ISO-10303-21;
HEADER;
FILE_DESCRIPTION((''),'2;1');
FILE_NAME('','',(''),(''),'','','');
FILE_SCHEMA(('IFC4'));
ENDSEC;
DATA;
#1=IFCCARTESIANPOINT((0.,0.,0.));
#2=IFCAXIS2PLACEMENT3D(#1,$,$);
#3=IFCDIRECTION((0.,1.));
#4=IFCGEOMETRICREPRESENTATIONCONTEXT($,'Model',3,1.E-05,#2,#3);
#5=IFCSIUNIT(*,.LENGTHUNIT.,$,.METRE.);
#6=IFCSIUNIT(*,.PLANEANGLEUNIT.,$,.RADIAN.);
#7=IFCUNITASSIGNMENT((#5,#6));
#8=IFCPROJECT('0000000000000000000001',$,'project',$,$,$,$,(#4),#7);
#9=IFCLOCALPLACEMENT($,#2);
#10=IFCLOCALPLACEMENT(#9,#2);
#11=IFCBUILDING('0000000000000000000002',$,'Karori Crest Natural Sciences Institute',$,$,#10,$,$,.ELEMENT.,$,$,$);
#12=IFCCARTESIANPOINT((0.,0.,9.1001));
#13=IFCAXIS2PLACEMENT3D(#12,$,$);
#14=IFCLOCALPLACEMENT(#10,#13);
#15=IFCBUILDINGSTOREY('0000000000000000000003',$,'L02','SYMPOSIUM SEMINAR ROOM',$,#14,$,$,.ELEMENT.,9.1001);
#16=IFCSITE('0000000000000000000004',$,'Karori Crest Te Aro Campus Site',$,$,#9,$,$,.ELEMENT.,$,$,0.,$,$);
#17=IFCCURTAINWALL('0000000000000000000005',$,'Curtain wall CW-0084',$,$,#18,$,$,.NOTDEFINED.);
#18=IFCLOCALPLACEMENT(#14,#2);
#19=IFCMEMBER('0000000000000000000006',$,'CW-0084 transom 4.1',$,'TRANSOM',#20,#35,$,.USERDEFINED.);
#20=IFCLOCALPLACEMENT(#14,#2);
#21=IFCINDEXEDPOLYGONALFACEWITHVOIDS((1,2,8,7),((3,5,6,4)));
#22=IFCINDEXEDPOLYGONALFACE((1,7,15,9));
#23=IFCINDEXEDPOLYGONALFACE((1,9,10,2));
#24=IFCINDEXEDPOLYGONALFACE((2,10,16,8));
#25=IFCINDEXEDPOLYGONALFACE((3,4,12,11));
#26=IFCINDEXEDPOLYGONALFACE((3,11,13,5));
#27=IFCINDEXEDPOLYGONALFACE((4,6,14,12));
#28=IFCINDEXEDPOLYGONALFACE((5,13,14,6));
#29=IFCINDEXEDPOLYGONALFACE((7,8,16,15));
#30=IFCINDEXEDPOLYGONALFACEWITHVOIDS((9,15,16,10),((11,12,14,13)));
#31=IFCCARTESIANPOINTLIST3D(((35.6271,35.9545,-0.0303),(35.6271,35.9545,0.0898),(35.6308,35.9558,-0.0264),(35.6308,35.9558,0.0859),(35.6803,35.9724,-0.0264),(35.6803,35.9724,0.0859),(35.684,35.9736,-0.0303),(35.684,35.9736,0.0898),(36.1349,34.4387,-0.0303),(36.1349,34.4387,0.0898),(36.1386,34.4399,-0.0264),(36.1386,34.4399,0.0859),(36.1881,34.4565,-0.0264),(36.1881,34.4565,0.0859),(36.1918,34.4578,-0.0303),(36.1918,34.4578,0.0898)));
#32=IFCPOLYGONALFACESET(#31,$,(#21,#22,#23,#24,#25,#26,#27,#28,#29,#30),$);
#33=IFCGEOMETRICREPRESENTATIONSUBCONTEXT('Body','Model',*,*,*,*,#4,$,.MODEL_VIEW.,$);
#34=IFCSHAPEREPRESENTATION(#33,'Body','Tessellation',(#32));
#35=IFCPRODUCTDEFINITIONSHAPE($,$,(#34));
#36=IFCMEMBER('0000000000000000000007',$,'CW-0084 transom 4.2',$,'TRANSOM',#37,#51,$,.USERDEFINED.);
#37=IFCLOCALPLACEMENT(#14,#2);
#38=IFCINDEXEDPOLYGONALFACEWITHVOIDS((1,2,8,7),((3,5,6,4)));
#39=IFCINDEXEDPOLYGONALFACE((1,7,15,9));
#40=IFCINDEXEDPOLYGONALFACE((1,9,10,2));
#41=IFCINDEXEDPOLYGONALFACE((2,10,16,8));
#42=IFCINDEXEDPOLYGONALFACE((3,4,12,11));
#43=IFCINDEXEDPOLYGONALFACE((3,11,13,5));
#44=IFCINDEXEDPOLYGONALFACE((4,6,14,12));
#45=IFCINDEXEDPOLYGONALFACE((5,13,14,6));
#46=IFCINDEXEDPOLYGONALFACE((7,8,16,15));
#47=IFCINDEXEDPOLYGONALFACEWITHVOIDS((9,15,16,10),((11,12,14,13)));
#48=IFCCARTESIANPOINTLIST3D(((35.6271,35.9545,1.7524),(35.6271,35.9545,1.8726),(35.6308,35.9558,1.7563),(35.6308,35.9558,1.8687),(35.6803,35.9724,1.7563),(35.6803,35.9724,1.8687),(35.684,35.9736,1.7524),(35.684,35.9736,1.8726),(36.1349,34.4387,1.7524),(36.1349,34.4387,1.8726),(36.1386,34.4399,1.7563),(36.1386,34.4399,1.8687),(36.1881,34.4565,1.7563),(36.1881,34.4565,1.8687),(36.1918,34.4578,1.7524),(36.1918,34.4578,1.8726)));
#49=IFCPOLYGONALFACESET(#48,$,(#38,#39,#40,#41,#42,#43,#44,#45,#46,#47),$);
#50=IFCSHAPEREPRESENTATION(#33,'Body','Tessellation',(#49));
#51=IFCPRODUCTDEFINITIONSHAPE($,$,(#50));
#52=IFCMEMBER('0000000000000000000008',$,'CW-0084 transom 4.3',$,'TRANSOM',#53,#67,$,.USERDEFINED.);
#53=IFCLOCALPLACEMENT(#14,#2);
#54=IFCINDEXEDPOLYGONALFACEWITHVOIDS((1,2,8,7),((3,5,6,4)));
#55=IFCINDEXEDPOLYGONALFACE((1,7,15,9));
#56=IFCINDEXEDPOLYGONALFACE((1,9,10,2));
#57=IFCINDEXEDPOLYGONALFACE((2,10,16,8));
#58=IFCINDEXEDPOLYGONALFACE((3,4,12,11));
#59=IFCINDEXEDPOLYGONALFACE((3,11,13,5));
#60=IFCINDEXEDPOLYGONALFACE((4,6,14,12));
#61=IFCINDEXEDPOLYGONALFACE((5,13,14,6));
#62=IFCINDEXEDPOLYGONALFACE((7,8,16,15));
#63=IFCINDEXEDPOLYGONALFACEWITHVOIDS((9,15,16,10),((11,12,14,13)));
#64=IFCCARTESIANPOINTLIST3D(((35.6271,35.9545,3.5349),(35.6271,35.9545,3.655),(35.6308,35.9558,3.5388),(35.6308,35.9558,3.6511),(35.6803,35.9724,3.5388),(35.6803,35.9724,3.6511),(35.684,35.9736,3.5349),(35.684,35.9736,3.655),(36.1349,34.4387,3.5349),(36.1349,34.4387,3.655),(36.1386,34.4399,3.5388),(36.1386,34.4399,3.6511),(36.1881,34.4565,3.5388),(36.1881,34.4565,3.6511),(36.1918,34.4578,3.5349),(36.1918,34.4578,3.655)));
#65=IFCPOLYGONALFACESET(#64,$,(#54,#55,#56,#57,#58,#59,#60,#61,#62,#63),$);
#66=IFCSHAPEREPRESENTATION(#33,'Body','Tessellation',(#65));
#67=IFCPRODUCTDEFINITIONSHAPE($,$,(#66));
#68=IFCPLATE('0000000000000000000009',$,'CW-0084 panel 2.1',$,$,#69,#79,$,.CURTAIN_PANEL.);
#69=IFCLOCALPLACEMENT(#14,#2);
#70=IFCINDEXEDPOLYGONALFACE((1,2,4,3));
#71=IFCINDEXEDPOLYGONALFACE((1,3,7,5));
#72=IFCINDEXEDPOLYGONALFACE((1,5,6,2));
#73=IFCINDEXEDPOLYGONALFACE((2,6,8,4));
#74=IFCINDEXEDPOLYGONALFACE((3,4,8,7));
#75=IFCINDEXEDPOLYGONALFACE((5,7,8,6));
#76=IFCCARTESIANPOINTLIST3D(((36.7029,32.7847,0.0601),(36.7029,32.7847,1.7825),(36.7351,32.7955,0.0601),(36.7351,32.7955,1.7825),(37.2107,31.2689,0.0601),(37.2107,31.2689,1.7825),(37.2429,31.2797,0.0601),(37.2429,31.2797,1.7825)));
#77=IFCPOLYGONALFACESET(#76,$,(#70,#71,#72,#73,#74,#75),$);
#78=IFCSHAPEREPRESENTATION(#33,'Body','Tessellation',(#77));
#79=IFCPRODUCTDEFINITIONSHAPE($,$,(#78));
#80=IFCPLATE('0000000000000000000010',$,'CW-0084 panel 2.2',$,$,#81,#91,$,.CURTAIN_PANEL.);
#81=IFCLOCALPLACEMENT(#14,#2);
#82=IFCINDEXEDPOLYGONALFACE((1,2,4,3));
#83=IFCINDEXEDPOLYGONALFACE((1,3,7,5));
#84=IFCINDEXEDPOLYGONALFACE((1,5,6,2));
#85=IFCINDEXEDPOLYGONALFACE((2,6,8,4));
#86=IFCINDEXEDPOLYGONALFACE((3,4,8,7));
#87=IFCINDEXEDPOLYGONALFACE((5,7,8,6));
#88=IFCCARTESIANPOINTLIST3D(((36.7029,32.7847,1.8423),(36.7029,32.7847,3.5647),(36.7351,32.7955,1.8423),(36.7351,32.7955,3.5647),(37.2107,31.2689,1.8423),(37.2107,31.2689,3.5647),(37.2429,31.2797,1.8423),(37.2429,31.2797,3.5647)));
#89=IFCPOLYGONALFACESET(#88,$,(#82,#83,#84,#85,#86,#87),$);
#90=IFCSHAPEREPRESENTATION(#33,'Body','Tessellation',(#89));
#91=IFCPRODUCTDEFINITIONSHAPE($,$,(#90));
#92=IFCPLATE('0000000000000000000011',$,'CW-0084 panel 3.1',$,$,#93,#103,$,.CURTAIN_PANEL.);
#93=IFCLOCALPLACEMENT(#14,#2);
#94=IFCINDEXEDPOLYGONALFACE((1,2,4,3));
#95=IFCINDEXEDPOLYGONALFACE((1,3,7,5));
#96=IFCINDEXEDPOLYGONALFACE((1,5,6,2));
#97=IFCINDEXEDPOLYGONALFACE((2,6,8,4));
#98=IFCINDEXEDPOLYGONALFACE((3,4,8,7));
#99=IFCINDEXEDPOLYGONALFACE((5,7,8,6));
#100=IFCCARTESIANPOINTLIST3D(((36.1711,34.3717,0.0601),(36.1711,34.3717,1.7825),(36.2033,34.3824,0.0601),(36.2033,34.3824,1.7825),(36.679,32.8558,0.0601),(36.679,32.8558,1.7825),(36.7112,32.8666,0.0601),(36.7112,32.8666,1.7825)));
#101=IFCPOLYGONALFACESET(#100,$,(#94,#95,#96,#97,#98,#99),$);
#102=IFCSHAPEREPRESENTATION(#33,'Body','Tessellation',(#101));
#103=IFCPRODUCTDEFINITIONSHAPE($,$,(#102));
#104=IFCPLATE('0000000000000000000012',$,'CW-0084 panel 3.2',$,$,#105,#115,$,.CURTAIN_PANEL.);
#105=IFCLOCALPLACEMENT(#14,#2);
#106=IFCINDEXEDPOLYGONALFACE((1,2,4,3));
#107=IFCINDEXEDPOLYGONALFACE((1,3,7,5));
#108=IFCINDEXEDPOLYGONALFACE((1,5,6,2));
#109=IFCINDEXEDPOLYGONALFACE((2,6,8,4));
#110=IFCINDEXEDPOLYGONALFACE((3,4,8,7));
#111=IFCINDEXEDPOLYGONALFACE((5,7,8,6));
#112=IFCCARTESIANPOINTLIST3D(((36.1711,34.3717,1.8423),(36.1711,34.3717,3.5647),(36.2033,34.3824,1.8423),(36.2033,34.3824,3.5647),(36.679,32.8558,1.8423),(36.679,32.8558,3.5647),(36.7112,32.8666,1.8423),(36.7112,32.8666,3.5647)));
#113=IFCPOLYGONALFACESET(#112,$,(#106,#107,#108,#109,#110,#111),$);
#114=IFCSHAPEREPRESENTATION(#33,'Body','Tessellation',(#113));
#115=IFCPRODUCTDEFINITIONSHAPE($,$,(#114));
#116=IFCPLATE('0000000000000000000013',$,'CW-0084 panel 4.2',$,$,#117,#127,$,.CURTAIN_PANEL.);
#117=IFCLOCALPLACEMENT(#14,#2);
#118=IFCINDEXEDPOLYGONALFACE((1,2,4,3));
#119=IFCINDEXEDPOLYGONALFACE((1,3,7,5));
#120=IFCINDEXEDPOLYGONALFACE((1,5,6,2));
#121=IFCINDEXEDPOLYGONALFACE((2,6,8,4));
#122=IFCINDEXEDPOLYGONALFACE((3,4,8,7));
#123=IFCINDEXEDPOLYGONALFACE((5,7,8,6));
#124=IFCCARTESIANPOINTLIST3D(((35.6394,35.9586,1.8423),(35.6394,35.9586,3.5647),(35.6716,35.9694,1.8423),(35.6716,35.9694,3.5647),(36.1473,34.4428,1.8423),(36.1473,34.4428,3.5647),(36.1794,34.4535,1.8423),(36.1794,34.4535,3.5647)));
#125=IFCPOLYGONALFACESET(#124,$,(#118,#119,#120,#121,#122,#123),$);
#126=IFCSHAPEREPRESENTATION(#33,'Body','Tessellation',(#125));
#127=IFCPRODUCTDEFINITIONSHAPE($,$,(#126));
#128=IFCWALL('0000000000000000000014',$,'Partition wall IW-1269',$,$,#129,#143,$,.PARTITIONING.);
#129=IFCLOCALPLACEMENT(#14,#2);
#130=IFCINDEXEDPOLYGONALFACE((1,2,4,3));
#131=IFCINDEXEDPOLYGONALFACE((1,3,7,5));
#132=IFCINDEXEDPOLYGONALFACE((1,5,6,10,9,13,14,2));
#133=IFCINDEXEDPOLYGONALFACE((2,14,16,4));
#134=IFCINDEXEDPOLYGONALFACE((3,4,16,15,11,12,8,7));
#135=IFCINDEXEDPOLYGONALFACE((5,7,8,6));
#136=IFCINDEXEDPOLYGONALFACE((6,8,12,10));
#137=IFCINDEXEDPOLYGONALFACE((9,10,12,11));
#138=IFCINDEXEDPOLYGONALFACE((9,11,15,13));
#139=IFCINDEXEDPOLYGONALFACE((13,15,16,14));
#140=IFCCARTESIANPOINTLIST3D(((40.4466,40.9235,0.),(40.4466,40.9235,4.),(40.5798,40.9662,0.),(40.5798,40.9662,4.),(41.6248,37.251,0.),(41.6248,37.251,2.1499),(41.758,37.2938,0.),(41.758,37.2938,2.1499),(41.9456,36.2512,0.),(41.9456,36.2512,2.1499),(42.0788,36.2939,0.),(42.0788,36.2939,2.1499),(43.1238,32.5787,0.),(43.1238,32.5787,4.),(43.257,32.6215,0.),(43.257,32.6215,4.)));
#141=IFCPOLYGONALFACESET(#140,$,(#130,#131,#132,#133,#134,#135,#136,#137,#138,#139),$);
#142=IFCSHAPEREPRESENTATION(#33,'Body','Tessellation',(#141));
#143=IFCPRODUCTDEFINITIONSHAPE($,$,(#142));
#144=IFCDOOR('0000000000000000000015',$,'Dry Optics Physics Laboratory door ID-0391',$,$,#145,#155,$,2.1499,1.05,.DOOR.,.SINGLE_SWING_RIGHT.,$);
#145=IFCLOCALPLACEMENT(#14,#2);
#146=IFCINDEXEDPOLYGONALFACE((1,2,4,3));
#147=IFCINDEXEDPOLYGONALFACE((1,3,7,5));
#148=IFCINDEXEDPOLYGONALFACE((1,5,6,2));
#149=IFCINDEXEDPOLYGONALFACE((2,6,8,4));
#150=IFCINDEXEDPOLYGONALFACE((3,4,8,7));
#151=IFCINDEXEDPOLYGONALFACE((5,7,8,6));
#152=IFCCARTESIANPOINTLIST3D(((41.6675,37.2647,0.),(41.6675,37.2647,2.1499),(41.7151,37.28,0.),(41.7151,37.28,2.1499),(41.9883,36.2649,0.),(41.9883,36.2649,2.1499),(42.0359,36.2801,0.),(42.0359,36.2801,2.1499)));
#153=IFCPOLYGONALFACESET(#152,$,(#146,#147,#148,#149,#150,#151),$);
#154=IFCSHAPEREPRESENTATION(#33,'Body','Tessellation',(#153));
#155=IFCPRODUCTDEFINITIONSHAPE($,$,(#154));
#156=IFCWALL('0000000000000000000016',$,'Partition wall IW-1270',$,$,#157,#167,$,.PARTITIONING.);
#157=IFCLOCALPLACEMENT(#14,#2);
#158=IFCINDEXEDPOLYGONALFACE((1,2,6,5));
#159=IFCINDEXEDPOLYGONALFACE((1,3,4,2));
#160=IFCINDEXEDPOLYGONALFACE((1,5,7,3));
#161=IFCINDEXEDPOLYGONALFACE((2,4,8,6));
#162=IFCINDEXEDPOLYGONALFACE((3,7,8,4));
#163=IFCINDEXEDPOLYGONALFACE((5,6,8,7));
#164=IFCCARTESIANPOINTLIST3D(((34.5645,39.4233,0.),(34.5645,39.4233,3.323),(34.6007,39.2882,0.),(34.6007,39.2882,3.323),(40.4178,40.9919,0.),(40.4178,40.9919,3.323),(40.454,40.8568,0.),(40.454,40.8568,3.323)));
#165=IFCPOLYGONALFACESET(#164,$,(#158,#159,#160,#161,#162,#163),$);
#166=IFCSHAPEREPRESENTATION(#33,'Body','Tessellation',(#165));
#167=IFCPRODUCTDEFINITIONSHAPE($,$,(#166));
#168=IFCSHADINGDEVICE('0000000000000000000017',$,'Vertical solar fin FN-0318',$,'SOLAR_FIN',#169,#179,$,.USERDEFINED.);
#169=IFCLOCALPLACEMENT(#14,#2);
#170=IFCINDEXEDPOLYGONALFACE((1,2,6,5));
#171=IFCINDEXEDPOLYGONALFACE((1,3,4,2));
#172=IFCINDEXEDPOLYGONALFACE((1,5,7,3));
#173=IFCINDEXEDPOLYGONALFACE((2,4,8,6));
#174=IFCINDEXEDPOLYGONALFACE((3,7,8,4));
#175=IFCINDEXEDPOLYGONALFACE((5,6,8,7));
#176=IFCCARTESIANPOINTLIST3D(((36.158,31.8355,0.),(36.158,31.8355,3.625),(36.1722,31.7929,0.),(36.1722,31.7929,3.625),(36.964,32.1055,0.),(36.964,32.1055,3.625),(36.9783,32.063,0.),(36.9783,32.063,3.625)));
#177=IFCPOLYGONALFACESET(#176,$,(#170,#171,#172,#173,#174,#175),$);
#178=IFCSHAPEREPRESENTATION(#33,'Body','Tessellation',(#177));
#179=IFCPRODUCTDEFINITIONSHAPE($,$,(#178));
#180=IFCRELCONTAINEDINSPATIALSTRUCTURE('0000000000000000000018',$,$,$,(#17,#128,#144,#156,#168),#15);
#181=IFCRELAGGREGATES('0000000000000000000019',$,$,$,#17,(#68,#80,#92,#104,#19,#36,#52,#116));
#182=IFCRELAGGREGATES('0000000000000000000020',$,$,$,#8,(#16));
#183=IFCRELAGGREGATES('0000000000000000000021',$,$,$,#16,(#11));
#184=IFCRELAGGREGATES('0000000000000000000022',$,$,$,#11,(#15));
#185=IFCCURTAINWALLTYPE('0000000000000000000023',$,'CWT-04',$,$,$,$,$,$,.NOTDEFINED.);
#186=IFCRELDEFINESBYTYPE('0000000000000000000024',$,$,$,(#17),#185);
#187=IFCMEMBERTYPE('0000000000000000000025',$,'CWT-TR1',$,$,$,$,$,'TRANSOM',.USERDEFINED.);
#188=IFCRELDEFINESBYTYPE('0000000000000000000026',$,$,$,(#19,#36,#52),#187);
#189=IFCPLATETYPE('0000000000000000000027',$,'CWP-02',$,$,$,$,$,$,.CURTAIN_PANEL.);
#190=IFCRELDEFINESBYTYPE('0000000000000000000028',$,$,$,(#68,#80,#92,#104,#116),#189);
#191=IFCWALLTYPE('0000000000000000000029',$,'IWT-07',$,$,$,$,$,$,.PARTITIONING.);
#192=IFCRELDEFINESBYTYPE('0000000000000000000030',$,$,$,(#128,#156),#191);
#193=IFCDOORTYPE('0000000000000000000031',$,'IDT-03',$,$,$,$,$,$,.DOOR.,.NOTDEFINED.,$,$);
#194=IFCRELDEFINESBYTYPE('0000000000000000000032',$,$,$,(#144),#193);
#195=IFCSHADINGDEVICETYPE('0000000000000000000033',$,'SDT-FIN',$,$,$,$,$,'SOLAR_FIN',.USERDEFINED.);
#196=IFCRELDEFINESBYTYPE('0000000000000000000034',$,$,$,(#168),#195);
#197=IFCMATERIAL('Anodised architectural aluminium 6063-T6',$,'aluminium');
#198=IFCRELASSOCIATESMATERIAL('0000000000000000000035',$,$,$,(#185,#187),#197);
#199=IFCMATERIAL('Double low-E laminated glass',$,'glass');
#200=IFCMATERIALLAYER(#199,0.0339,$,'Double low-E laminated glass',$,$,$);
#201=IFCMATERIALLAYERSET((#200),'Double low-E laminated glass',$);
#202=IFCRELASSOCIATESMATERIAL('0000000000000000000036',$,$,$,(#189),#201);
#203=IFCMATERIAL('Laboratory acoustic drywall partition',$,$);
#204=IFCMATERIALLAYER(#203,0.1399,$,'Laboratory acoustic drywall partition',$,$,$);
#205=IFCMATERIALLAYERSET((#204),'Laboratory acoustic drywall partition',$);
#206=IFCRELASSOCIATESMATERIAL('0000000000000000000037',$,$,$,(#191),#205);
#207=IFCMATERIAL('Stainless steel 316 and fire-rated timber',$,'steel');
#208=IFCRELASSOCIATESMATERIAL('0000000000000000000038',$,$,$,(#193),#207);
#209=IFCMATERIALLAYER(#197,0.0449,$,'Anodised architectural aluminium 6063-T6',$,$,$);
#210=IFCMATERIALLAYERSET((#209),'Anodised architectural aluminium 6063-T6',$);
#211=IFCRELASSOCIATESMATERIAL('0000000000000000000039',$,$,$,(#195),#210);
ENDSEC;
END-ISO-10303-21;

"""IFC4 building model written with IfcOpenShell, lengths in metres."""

from ifc_helpers import new_model, si_unit, direction, frame, frame_2d, origin, origin_2d, place, context, subcontext, project, spatial, rectangle, hollow_rectangle, extrude, material, layer, layer_set, material_profile, profile_set, type_object, element, fill, aggregate, save


model = new_model("IFC4")

# Units and contexts
model_context = context("Model", 3, precision=1e-05, world=origin(), true_north=direction((0.0, 1.0)))
body_context = subcontext(model_context, "Body", "Model", "MODEL_VIEW")
ifc_project = project(units=[si_unit("LENGTHUNIT", "METRE"), si_unit("PLANEANGLEUNIT", "RADIAN")], contexts=[model_context])

# Site, building, storey
site_placement = place(None, origin())
site = spatial("IfcSite", under=ifc_project, at=site_placement, Name="Karori Crest Te Aro Campus Site", CompositionType="ELEMENT", RefElevation=0.0)
building_placement = place(site_placement, origin())
building = spatial("IfcBuilding", under=site, at=building_placement, Name="Karori Crest Natural Sciences Institute", CompositionType="ELEMENT")
storey_placement = place(building_placement, frame((0.0, 0.0, 9.1001)))
storey = spatial("IfcBuildingStorey", under=building, at=storey_placement, Name="L02", Description="SYMPOSIUM SEMINAR ROOM", CompositionType="ELEMENT", Elevation=9.1001)

# Curtain wall, members, plates
ifc_material_1 = material(Name="Anodised architectural aluminium 6063-T6", Category="aluminium")
curtain_wall_type = type_object("IfcCurtainWallType", Name="CWT-04", PredefinedType="NOTDEFINED", material=ifc_material_1)
curtain_wall_placement = place(storey_placement, origin())
curtain_wall = element("IfcCurtainWall", 1, at=curtain_wall_placement, inside=storey, type_object=curtain_wall_type, Name="Curtain wall CW-0084", PredefinedType="NOTDEFINED")
ifc_material_profile_1 = material_profile(ifc_material_1, hollow_rectangle(XDim=0.0601, YDim=0.1201, WallThickness=0.0039, at=origin_2d()), Name="CWT120x60x4")
ifc_profile_set_1 = profile_set([ifc_material_profile_1], Name="Anodised architectural aluminium 6063-T6")
member_type_1 = type_object("IfcMemberType", Name="CWT-TR1", ElementType="TRANSOM", PredefinedType="USERDEFINED", material=ifc_profile_set_1)
member_1_placement = place(storey_placement, frame((36.1633, 34.4482, 0.0298), z_axis=(-0.317648, 0.948209, 0.0), x_axis=(-0.948209, -0.317648, 0.0)))
member_1 = element("IfcMember", 2, at=member_1_placement, type_object=member_type_1, Name="CW-0084 transom 4.1", ObjectType="TRANSOM", PredefinedType="USERDEFINED", context=body_context, shape_type="SweptSolid", body=[
    extrude(hollow_rectangle(XDim=0.0601, YDim=0.1201, WallThickness=0.0039, at=origin_2d()), origin(), (0.0, 0.0, 1.0), 1.5986),
])
member_2_placement = place(storey_placement, frame((36.1633, 34.4482, 1.8125), z_axis=(-0.317648, 0.948209, 0.0), x_axis=(-0.948209, -0.317648, 0.0)))
member_2 = element("IfcMember", 3, at=member_2_placement, type_object=member_type_1, Name="CW-0084 transom 4.2", ObjectType="TRANSOM", PredefinedType="USERDEFINED", context=body_context, shape_type="SweptSolid", body=[
    extrude(hollow_rectangle(XDim=0.0601, YDim=0.1201, WallThickness=0.0039, at=origin_2d()), origin(), (0.0, 0.0, 1.0), 1.5986),
])
member_3_placement = place(storey_placement, frame((36.1633, 34.4482, 3.595), z_axis=(-0.317648, 0.948209, 0.0), x_axis=(-0.948209, -0.317648, 0.0)))
member_3 = element("IfcMember", 4, at=member_3_placement, type_object=member_type_1, Name="CW-0084 transom 4.3", ObjectType="TRANSOM", PredefinedType="USERDEFINED", context=body_context, shape_type="SweptSolid", body=[
    extrude(hollow_rectangle(XDim=0.0601, YDim=0.1201, WallThickness=0.0039, at=origin_2d()), origin(), (0.0, 0.0, 1.0), 1.5986),
])
ifc_material_2 = material(Name="Double low-E laminated glass", Category="glass")
ifc_layer_1 = layer(ifc_material_2, 0.0339, Name="Double low-E laminated glass")
ifc_layer_set_1 = layer_set([ifc_layer_1], Name="Double low-E laminated glass")
plate_type = type_object("IfcPlateType", Name="CWP-02", PredefinedType="CURTAIN_PANEL", material=ifc_layer_set_1)
plate_1_placement = place(storey_placement, frame((36.9729, 32.0322, 0.0601), z_axis=(0.0, 0.0, 1.0), x_axis=(-0.317685, 0.948196, 0.0)))
plate_1 = element("IfcPlate", 5, at=plate_1_placement, type_object=plate_type, Name="CW-0084 panel 2.1", PredefinedType="CURTAIN_PANEL", context=body_context, shape_type="SweptSolid", body=[
    extrude(rectangle(XDim=1.5986, YDim=0.0339, at=origin_2d()), origin(), (0.0, 0.0, 1.0), 1.7224),
])
plate_2_placement = place(storey_placement, frame((36.9729, 32.0322, 1.8423), z_axis=(0.0, 0.0, 1.0), x_axis=(-0.317685, 0.948196, 0.0)))
plate_2 = element("IfcPlate", 6, at=plate_2_placement, type_object=plate_type, Name="CW-0084 panel 2.2", PredefinedType="CURTAIN_PANEL", context=body_context, shape_type="SweptSolid", body=[
    extrude(rectangle(XDim=1.5986, YDim=0.0339, at=origin_2d()), origin(), (0.0, 0.0, 1.0), 1.7224),
])
plate_3_placement = place(storey_placement, frame((36.4412, 33.6191, 0.0601), z_axis=(0.0, 0.0, 1.0), x_axis=(-0.317685, 0.948196, 0.0)))
plate_3 = element("IfcPlate", 7, at=plate_3_placement, type_object=plate_type, Name="CW-0084 panel 3.1", PredefinedType="CURTAIN_PANEL", context=body_context, shape_type="SweptSolid", body=[
    extrude(rectangle(XDim=1.5986, YDim=0.0339, at=origin_2d()), origin(), (0.0, 0.0, 1.0), 1.7224),
])
plate_4_placement = place(storey_placement, frame((36.4412, 33.6191, 1.8423), z_axis=(0.0, 0.0, 1.0), x_axis=(-0.317685, 0.948196, 0.0)))
plate_4 = element("IfcPlate", 8, at=plate_4_placement, type_object=plate_type, Name="CW-0084 panel 3.2", PredefinedType="CURTAIN_PANEL", context=body_context, shape_type="SweptSolid", body=[
    extrude(rectangle(XDim=1.5986, YDim=0.0339, at=origin_2d()), origin(), (0.0, 0.0, 1.0), 1.7224),
])
plate_5_placement = place(storey_placement, frame((35.9094, 35.2061, 1.8423), z_axis=(0.0, 0.0, 1.0), x_axis=(-0.317685, 0.948196, 0.0)))
plate_5 = element("IfcPlate", 9, at=plate_5_placement, type_object=plate_type, Name="CW-0084 panel 4.2", PredefinedType="CURTAIN_PANEL", context=body_context, shape_type="SweptSolid", body=[
    extrude(rectangle(XDim=1.5986, YDim=0.0339, at=origin_2d()), origin(), (0.0, 0.0, 1.0), 1.7224),
])
aggregate(curtain_wall, [plate_1, plate_2, plate_3, plate_4, member_1, member_2, member_3, plate_5])

# Wall, opening, door
ifc_material_3 = material(Name="Laboratory acoustic drywall partition")
ifc_layer_2 = layer(ifc_material_3, 0.1399, Name="Laboratory acoustic drywall partition")
ifc_layer_set_2 = layer_set([ifc_layer_2], Name="Laboratory acoustic drywall partition")
wall_type = type_object("IfcWallType", Name="IWT-07", PredefinedType="PARTITIONING", material=ifc_layer_set_2)
wall_1_placement = place(storey_placement, frame((40.5132, 40.9448, 0.0), z_axis=(0.0, 0.0, 1.0), x_axis=(0.305493, -0.952194, 0.0)))
wall_1 = element("IfcWall", 10, at=wall_1_placement, inside=storey, type_object=wall_type, Name="Partition wall IW-1269", PredefinedType="PARTITIONING", context=body_context, shape_type="SweptSolid", body=[
    extrude(rectangle(XDim=8.7637, YDim=0.1399, at=frame_2d((4.3818, 0.0))), origin(), (0.0, 0.0, 1.0), 4.0),
])
opening_placement = place(wall_1_placement, frame((3.8569, 0.0, 0.0)))
opening = element("IfcOpeningElement", 11, at=opening_placement, cuts=wall_1, PredefinedType="OPENING", context=body_context, shape_type="SweptSolid", body=[
    extrude(rectangle(XDim=1.05, YDim=2.1499, at=frame_2d((0.5249, 1.075))), frame((0.0, 0.0801, 0.0), z_axis=(0.0, -1.0, 0.0), x_axis=(1.0, 0.0, 0.0)), (0.0, 0.0, 1.0), 0.1599),
])
ifc_material_4 = material(Name="Stainless steel 316 and fire-rated timber", Category="steel")
door_type = type_object("IfcDoorType", Name="IDT-03", OperationType="NOTDEFINED", PredefinedType="DOOR", material=ifc_material_4)
door_placement = place(opening_placement, origin())
door = element("IfcDoor", 12, at=door_placement, inside=storey, type_object=door_type, Name="Dry Optics Physics Laboratory door ID-0391", OperationType="SINGLE_SWING_RIGHT", OverallHeight=2.1499, OverallWidth=1.05, PredefinedType="DOOR", context=body_context, shape_type="SweptSolid", body=[
    extrude(rectangle(XDim=1.05, YDim=2.1499, at=frame_2d((0.5249, 1.075))), frame((0.0, 0.0249, 0.0), z_axis=(0.0, -1.0, 0.0), x_axis=(1.0, 0.0, 0.0)), (0.0, 0.0, 1.0), 0.05),
])
fill(opening, door)

# Wall
wall_2_placement = place(storey_placement, frame((40.4358, 40.9243, 0.0), z_axis=(0.0, 0.0, 1.0), x_axis=(-0.965917, -0.258854, 0.0)))
element("IfcWall", 13, at=wall_2_placement, inside=storey, type_object=wall_type, Name="Partition wall IW-1270", PredefinedType="PARTITIONING", context=body_context, shape_type="SweptSolid", body=[
    extrude(rectangle(XDim=6.0598, YDim=0.1399, at=frame_2d((3.0298, 0.0))), origin(), (0.0, 0.0, 1.0), 3.323),
])

# Shading device
ifc_layer_3 = layer(ifc_material_1, 0.0449, Name="Anodised architectural aluminium 6063-T6")
ifc_layer_set_3 = layer_set([ifc_layer_3], Name="Anodised architectural aluminium 6063-T6")
shading_device_type = type_object("IfcShadingDeviceType", Name="SDT-FIN", ElementType="SOLAR_FIN", PredefinedType="USERDEFINED", material=ifc_layer_set_3)
for number, where, z_axis, x_axis, name in (
    (14, (36.5681, 31.9492, 0.0), (0.0, 0.0, 1.0), (-0.948196, -0.317685, 0.0), "Vertical solar fin FN-0318"),
):
    element("IfcShadingDevice", number, at=place(storey_placement, frame(where, z_axis=z_axis, x_axis=x_axis)), inside=storey, type_object=shading_device_type, Name=name, ObjectType="SOLAR_FIN", PredefinedType="USERDEFINED", context=body_context, shape_type="SweptSolid", body=[
        extrude(rectangle(XDim=0.8501, YDim=0.0449, at=origin_2d()), origin(), (0.0, 0.0, 1.0), 3.625),
    ])

save(model, "model.ifc")
